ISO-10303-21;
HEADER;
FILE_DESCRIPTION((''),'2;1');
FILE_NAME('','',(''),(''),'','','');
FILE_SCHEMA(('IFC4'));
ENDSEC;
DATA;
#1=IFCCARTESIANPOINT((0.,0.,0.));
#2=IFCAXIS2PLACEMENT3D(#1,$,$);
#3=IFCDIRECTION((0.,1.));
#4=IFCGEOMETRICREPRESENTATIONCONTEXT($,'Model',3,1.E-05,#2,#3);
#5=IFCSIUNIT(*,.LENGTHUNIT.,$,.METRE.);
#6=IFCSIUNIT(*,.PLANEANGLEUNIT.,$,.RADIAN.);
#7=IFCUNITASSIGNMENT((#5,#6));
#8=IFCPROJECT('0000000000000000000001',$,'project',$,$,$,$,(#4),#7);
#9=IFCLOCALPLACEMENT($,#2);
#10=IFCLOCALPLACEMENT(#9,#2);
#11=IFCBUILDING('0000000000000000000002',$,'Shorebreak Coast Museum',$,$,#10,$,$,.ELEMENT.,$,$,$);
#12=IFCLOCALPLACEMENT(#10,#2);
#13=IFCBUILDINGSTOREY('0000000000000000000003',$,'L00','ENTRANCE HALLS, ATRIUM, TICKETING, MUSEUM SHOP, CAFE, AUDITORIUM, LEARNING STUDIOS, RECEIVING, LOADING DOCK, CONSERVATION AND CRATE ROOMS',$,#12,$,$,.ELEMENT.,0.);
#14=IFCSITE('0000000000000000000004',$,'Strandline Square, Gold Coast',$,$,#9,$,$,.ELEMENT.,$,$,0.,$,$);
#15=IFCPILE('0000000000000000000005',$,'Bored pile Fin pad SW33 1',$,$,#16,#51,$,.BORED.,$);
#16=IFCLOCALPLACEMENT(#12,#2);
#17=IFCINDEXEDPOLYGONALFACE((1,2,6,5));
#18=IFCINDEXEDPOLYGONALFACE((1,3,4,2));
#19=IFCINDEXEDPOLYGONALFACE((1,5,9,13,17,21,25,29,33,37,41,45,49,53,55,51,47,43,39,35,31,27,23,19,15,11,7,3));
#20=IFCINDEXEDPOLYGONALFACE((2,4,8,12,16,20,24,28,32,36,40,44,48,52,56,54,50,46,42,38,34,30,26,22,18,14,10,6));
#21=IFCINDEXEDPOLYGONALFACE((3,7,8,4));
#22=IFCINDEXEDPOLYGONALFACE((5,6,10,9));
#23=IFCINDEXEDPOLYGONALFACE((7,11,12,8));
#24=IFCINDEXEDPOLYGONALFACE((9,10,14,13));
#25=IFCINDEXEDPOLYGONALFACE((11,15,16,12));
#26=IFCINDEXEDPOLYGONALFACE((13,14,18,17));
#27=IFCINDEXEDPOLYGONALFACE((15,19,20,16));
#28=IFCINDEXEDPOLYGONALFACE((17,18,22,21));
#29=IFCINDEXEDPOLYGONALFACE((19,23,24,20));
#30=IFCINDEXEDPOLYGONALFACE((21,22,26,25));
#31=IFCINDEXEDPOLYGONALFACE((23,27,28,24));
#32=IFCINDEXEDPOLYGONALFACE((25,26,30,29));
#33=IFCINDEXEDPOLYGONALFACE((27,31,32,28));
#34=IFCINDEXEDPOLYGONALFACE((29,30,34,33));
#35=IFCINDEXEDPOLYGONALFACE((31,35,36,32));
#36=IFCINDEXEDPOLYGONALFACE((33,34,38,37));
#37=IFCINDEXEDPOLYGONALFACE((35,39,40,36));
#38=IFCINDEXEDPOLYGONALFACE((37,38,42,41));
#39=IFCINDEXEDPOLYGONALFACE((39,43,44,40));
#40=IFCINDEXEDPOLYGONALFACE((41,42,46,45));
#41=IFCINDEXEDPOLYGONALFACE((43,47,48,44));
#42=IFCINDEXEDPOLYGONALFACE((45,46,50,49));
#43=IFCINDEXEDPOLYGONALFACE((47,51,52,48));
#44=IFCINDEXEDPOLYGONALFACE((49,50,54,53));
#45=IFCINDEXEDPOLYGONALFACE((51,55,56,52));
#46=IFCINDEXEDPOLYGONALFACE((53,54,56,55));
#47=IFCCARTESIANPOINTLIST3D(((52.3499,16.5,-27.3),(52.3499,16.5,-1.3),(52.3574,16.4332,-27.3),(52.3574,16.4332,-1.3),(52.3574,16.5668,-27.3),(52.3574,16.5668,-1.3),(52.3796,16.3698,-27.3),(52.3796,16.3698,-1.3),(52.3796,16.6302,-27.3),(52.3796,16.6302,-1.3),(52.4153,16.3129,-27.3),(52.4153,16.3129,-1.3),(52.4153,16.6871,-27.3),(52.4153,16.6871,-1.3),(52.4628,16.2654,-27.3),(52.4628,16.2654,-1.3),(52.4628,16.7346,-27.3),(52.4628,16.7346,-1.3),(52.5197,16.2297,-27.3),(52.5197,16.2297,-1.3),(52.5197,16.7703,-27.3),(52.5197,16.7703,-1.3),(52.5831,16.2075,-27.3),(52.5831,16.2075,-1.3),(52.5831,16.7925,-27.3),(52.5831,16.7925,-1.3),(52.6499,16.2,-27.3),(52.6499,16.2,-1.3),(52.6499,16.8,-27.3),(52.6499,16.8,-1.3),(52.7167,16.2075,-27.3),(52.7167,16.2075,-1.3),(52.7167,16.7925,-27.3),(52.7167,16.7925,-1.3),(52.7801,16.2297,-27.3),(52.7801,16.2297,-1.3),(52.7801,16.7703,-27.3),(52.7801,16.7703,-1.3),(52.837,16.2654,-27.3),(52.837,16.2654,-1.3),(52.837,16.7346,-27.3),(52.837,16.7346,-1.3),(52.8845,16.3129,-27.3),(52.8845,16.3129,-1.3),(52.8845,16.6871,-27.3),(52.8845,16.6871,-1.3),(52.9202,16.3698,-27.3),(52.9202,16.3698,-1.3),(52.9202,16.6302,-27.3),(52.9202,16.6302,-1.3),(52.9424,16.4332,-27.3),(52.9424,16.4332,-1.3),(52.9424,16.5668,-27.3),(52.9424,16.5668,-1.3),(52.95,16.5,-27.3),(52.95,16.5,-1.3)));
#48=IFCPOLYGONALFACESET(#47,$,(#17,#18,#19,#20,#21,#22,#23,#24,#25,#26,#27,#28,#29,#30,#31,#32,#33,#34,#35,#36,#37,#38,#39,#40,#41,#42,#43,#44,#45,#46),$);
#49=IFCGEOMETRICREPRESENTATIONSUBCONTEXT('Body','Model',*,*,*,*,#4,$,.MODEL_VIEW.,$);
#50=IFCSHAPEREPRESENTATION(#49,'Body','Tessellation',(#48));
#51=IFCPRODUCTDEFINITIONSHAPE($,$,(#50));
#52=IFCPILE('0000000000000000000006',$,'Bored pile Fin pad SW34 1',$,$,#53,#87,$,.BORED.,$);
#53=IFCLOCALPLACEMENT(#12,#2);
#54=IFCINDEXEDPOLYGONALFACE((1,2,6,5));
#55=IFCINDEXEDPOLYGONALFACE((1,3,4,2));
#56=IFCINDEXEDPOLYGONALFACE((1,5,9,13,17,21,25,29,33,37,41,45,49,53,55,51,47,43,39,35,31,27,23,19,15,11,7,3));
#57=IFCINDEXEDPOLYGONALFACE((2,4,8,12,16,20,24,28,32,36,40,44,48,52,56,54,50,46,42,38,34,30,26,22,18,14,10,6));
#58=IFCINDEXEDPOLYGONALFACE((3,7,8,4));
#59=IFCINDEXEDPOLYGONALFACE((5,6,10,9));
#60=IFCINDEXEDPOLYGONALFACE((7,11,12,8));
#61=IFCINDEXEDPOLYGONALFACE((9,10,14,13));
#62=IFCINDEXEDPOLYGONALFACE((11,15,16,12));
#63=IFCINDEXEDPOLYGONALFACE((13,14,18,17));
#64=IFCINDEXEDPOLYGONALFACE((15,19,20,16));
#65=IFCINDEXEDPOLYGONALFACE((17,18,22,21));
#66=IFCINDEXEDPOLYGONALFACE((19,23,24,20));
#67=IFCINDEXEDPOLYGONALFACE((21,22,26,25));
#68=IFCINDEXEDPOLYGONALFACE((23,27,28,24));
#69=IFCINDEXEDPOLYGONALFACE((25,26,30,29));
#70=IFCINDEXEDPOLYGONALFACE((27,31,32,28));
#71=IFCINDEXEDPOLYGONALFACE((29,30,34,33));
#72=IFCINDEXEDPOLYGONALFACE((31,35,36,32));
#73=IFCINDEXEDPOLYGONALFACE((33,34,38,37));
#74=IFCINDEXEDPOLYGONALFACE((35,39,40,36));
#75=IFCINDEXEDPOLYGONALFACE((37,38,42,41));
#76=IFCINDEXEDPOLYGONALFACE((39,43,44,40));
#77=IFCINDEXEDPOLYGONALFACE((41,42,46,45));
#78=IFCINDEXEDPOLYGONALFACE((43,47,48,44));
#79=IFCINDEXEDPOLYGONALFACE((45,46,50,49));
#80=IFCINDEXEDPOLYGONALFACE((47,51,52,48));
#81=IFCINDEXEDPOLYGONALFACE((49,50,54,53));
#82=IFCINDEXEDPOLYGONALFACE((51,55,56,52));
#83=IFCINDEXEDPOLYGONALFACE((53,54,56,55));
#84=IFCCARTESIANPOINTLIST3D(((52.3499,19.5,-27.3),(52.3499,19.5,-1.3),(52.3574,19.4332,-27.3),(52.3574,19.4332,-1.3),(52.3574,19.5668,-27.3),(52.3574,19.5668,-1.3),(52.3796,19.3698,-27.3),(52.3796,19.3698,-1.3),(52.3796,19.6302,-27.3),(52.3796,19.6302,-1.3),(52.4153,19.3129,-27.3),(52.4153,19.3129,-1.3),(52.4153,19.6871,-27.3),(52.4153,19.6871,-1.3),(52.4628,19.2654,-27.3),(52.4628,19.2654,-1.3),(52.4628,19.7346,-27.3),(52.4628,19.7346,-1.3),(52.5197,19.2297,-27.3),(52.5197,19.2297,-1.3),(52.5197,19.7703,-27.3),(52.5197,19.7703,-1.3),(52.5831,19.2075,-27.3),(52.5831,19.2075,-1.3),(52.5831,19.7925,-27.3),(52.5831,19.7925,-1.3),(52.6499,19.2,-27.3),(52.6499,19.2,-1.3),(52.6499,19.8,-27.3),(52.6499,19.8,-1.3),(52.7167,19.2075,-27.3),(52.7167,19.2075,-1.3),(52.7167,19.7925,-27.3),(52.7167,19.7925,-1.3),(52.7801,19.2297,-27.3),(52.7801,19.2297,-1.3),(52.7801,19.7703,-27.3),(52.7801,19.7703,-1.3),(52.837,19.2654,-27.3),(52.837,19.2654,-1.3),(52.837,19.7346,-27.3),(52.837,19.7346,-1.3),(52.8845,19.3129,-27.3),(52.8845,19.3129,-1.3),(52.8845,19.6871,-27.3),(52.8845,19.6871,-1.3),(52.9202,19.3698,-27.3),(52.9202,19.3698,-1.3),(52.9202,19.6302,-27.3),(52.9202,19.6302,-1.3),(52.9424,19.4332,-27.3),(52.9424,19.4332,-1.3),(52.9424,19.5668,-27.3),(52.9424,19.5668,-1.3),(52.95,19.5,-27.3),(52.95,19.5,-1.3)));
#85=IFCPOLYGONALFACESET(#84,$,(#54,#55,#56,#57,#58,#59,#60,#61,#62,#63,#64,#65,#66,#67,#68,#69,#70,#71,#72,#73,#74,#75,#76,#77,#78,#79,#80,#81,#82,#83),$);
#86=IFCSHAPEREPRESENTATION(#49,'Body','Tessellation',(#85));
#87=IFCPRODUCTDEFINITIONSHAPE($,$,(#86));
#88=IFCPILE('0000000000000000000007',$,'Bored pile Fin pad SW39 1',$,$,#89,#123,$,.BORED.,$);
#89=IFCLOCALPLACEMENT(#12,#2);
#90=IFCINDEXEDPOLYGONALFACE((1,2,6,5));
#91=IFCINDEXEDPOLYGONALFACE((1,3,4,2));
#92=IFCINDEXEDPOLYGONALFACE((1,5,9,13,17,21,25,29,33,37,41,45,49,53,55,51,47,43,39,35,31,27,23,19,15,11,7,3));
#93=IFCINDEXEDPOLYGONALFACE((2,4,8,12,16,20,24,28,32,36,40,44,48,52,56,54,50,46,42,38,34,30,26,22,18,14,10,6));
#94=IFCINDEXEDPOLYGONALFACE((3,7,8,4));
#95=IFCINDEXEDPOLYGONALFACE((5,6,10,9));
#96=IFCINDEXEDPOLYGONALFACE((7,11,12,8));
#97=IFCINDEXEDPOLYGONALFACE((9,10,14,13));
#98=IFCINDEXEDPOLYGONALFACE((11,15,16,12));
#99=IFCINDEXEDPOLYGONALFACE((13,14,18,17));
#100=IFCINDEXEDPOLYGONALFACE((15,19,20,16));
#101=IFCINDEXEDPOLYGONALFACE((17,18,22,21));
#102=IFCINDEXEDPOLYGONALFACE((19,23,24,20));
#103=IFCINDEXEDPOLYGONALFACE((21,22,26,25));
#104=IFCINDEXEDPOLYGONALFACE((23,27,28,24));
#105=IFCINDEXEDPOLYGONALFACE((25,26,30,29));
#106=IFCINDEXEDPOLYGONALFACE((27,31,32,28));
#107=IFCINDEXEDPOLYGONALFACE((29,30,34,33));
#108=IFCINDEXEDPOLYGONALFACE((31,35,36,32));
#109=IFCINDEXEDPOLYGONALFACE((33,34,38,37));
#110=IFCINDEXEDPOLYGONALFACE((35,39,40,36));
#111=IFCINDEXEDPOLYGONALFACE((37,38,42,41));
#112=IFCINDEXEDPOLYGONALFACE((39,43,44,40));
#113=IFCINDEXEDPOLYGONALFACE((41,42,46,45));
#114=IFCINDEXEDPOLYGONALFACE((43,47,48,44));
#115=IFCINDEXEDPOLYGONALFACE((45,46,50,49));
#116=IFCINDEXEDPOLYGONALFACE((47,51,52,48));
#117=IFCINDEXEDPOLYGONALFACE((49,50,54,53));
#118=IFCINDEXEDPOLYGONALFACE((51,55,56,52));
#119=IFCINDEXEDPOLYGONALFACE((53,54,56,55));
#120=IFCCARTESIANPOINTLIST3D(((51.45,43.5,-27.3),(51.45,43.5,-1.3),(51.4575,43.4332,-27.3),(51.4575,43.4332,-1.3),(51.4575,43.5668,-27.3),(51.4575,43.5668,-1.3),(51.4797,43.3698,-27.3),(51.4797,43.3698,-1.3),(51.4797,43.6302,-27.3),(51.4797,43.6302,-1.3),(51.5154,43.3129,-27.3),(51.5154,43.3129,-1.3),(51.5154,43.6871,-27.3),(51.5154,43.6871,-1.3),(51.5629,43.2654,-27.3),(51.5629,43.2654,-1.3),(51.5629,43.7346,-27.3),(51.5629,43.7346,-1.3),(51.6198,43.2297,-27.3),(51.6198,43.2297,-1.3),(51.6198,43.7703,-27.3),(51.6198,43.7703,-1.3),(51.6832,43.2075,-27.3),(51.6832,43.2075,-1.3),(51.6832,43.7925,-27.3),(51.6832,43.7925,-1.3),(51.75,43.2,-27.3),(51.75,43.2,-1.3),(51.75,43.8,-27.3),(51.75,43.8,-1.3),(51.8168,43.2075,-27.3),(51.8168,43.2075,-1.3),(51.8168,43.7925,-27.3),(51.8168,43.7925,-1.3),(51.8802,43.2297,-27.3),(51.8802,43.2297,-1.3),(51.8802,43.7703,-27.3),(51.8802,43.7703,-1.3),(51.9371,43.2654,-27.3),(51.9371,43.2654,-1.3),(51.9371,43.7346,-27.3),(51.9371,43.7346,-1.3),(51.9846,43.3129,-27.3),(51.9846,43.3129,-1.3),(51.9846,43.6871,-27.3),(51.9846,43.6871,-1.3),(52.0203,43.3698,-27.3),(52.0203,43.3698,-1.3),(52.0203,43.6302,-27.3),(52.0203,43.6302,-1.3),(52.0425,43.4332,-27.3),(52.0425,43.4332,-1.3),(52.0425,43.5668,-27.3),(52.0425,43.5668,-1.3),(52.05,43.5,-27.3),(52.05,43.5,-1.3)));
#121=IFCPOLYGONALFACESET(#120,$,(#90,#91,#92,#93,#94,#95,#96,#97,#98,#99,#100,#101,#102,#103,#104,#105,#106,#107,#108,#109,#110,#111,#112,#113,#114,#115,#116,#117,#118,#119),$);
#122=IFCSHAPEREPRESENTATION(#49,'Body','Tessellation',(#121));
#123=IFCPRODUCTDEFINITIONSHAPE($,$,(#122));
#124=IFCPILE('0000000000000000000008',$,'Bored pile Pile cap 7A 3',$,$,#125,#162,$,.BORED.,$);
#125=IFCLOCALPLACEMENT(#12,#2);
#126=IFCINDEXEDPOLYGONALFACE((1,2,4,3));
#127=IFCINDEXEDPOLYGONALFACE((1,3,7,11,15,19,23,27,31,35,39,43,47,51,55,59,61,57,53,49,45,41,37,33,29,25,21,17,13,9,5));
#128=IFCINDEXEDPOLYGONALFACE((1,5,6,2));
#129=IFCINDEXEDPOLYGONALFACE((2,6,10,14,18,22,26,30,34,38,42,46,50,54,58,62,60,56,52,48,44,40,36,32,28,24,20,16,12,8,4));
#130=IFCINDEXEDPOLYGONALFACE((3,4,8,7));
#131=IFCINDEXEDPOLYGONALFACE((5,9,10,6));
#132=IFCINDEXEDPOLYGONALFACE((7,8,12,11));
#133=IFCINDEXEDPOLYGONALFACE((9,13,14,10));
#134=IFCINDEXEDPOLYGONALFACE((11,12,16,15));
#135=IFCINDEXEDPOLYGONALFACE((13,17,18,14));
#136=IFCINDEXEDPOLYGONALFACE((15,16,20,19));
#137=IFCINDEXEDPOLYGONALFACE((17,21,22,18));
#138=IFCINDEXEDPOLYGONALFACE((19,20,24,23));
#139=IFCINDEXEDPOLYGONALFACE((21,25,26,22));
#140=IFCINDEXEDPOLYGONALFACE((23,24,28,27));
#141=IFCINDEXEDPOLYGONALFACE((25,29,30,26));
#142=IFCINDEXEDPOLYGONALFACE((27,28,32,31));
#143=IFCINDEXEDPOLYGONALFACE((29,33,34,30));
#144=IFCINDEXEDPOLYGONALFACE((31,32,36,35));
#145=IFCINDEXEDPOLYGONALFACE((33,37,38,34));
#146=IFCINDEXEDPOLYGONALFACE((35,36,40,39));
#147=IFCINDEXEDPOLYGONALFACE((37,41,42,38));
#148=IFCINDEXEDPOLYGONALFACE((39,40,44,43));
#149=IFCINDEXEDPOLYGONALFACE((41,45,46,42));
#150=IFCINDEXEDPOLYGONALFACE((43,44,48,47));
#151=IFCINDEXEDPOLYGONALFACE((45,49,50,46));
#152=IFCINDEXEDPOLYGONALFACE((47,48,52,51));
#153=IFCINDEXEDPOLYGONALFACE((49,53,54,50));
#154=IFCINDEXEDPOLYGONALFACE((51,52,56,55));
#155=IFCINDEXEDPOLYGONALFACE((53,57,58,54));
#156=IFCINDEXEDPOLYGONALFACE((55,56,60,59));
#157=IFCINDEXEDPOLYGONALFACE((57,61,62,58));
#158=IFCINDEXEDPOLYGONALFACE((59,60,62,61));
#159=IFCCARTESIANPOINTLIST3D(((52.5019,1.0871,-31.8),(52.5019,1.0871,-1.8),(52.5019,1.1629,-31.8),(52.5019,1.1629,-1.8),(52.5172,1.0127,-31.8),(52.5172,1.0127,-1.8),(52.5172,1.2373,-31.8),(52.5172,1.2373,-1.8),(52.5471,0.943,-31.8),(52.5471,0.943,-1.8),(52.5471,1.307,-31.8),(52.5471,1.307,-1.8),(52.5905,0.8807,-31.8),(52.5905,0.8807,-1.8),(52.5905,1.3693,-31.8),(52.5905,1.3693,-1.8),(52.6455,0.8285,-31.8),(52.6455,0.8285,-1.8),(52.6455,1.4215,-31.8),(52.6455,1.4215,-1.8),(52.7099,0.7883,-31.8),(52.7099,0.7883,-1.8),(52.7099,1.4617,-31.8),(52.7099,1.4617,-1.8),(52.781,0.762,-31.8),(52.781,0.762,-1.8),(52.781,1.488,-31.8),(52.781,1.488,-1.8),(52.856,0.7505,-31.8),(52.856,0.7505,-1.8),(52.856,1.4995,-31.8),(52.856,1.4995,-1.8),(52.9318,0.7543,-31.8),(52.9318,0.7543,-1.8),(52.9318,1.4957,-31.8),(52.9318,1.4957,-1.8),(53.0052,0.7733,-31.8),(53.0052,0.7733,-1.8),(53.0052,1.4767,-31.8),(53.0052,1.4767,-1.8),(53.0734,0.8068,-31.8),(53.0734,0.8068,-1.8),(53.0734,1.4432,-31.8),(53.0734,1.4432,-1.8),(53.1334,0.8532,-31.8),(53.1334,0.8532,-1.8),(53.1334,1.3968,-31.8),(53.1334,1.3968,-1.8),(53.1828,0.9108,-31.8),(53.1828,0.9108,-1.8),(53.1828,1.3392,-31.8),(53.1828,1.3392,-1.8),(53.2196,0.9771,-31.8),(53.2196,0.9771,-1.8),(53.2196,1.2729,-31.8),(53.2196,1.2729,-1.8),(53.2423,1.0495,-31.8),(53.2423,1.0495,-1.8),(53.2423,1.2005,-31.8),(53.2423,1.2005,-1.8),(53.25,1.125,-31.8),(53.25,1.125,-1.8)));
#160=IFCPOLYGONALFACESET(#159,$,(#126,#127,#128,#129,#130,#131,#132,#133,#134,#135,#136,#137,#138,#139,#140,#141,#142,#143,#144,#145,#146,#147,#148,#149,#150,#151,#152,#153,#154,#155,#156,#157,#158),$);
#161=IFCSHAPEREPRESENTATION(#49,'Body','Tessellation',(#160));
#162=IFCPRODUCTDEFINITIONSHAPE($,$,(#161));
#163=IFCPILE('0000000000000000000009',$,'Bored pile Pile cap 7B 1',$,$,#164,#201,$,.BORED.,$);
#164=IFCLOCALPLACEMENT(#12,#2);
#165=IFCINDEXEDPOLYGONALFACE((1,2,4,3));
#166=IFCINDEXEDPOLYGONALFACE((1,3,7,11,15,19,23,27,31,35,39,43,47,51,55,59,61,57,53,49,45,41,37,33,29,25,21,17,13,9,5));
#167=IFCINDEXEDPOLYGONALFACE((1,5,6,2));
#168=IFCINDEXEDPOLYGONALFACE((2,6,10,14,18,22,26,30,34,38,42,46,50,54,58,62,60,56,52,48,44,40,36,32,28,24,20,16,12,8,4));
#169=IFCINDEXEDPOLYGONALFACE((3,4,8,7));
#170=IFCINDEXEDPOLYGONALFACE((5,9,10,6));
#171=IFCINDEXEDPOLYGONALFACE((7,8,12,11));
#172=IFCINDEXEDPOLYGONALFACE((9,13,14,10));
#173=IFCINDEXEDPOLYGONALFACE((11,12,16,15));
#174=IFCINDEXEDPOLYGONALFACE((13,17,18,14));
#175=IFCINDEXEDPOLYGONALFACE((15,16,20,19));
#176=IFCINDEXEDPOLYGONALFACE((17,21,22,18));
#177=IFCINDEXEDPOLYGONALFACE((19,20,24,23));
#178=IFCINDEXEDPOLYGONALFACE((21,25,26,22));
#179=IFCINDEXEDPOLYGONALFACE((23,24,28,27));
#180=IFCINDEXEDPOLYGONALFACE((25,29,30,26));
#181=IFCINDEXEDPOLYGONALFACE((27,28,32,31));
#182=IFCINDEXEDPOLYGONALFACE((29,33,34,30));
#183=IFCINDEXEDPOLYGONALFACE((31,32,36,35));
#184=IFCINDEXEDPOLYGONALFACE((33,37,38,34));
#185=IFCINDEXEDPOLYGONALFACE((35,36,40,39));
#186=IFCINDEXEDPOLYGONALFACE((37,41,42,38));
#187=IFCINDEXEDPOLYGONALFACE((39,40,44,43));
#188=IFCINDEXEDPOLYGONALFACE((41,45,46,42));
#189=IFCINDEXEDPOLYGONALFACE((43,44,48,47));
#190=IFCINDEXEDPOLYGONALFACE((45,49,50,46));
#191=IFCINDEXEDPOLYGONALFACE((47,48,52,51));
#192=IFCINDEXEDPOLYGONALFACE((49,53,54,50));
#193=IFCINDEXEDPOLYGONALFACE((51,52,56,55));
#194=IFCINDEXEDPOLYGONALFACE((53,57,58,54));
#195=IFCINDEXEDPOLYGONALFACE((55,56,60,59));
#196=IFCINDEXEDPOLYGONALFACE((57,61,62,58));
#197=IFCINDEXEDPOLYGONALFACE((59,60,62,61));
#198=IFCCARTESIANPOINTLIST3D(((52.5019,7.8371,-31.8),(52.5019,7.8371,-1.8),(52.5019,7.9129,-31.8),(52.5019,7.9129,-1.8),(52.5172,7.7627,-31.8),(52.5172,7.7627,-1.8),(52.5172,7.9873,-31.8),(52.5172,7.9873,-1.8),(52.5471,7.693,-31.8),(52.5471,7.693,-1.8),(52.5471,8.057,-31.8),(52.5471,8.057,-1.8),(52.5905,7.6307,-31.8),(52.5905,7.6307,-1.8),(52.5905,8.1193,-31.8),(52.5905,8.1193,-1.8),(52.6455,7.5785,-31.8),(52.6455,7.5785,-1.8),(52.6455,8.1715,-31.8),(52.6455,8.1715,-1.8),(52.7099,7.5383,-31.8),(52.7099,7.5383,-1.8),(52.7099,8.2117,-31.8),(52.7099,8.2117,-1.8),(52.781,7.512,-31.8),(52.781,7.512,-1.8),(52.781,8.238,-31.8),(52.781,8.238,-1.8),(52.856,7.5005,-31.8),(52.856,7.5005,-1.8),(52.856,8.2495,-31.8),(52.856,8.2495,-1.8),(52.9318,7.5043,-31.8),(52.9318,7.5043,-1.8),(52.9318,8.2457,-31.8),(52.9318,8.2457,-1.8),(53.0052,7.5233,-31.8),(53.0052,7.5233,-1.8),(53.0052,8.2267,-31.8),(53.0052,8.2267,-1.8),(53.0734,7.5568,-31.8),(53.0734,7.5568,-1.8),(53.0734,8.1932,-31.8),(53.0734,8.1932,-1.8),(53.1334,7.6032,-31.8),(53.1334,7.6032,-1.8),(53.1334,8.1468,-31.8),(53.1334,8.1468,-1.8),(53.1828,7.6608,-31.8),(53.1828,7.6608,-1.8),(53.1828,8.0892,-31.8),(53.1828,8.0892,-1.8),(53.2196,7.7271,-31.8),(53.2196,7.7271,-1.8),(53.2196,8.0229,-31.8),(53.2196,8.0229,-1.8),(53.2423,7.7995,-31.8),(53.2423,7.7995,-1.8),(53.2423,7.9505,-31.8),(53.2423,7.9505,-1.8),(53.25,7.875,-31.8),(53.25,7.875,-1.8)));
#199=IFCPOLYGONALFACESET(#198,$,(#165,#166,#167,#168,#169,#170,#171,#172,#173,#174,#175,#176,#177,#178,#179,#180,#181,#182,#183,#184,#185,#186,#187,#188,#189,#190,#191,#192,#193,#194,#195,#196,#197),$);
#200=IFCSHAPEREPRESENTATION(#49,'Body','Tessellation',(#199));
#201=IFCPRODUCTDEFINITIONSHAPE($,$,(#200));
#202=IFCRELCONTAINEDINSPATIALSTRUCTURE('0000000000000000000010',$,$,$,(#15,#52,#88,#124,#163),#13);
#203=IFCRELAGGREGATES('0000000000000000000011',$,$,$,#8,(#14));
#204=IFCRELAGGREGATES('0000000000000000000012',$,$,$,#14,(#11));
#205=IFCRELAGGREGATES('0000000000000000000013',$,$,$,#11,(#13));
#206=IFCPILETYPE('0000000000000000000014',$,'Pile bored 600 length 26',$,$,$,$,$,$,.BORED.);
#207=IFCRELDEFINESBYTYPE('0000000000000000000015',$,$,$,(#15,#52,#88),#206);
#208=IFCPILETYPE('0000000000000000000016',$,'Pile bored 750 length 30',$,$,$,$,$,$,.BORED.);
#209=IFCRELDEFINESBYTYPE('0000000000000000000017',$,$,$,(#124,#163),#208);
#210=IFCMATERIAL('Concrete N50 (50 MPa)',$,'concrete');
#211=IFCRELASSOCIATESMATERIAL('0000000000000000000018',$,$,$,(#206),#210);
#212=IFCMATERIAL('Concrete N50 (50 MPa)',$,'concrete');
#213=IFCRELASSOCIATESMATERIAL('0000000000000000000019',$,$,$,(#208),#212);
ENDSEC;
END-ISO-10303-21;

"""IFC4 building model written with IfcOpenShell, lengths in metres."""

from ifc_helpers import new_model, si_unit, direction, frame, origin, origin_2d, place, context, subcontext, project, spatial, circle, extrude, material, material_profile, profile_set, type_object, element, save


model = new_model("IFC4")

# Units and contexts
model_context = context("Model", 3, precision=1e-05, world=origin(), true_north=direction((0.0, 1.0)))
body_context = subcontext(model_context, "Body", "Model", "MODEL_VIEW")
ifc_project = project(units=[si_unit("LENGTHUNIT", "METRE"), si_unit("PLANEANGLEUNIT", "RADIAN")], contexts=[model_context])

# Site, building, storey
site_placement = place(None, origin())
site = spatial("IfcSite", under=ifc_project, at=site_placement, Name="Strandline Square, Gold Coast", CompositionType="ELEMENT", RefElevation=0.0)
building_placement = place(site_placement, origin())
building = spatial("IfcBuilding", under=site, at=building_placement, Name="Shorebreak Coast Museum", CompositionType="ELEMENT")
storey_placement = place(building_placement, origin())
storey = spatial("IfcBuildingStorey", under=building, at=storey_placement, Name="L00", Description="ENTRANCE HALLS, ATRIUM, TICKETING, MUSEUM SHOP, CAFE, AUDITORIUM, LEARNING STUDIOS, RECEIVING, LOADING DOCK, CONSERVATION AND CRATE ROOMS", CompositionType="ELEMENT", Elevation=0.0)

# Piles
ifc_material_1 = material(Name="Concrete N50 (50 MPa)", Category="concrete")
ifc_material_profile_1 = material_profile(ifc_material_1, circle(Radius=0.3, at=origin_2d()), Name="Pile bored 600 length 26")
ifc_profile_set_1 = profile_set([ifc_material_profile_1], Name="Concrete N50 (50 MPa)")
pile_type_1 = type_object("IfcPileType", Name="Pile bored 600 length 26", PredefinedType="BORED", material=ifc_profile_set_1)
for number, where, z_axis, x_axis, name in (
    (1, (52.6499, 16.5, -1.3), (0.0, 0.0, -1.0), (1.0, 0.0, 0.0), "Bored pile Fin pad SW33 1"),
    (2, (52.6499, 19.5, -1.3), (0.0, 0.0, -1.0), (1.0, 0.0, 0.0), "Bored pile Fin pad SW34 1"),
    (3, (51.75, 43.5, -1.3), (0.0, 0.0, -1.0), (1.0, 0.0, 0.0), "Bored pile Fin pad SW39 1"),
):
    element("IfcPile", number, at=place(storey_placement, frame(where, z_axis=z_axis, x_axis=x_axis)), inside=storey, type_object=pile_type_1, Name=name, PredefinedType="BORED", context=body_context, shape_type="SweptSolid", body=[
        extrude(circle(Radius=0.3, at=origin_2d()), origin(), (0.0, 0.0, 1.0), 26.0),
    ])
ifc_material_2 = material(Name="Concrete N50 (50 MPa)", Category="concrete")
ifc_material_profile_2 = material_profile(ifc_material_2, circle(Radius=0.375, at=origin_2d()), Name="Pile bored 750 length 30")
ifc_profile_set_2 = profile_set([ifc_material_profile_2], Name="Concrete N50 (50 MPa)")
pile_type_2 = type_object("IfcPileType", Name="Pile bored 750 length 30", PredefinedType="BORED", material=ifc_profile_set_2)
for number, where, z_axis, x_axis, name in (
    (4, (52.875, 1.125, -1.8), (0.0, 0.0, -1.0), (1.0, 0.0, 0.0), "Bored pile Pile cap 7A 3"),
    (5, (52.875, 7.875, -1.8), (0.0, 0.0, -1.0), (1.0, 0.0, 0.0), "Bored pile Pile cap 7B 1"),
):
    element("IfcPile", number, at=place(storey_placement, frame(where, z_axis=z_axis, x_axis=x_axis)), inside=storey, type_object=pile_type_2, Name=name, PredefinedType="BORED", context=body_context, shape_type="SweptSolid", body=[
        extrude(circle(Radius=0.375, at=origin_2d()), origin(), (0.0, 0.0, 1.0), 30.0),
    ])

save(model, "model.ifc")
